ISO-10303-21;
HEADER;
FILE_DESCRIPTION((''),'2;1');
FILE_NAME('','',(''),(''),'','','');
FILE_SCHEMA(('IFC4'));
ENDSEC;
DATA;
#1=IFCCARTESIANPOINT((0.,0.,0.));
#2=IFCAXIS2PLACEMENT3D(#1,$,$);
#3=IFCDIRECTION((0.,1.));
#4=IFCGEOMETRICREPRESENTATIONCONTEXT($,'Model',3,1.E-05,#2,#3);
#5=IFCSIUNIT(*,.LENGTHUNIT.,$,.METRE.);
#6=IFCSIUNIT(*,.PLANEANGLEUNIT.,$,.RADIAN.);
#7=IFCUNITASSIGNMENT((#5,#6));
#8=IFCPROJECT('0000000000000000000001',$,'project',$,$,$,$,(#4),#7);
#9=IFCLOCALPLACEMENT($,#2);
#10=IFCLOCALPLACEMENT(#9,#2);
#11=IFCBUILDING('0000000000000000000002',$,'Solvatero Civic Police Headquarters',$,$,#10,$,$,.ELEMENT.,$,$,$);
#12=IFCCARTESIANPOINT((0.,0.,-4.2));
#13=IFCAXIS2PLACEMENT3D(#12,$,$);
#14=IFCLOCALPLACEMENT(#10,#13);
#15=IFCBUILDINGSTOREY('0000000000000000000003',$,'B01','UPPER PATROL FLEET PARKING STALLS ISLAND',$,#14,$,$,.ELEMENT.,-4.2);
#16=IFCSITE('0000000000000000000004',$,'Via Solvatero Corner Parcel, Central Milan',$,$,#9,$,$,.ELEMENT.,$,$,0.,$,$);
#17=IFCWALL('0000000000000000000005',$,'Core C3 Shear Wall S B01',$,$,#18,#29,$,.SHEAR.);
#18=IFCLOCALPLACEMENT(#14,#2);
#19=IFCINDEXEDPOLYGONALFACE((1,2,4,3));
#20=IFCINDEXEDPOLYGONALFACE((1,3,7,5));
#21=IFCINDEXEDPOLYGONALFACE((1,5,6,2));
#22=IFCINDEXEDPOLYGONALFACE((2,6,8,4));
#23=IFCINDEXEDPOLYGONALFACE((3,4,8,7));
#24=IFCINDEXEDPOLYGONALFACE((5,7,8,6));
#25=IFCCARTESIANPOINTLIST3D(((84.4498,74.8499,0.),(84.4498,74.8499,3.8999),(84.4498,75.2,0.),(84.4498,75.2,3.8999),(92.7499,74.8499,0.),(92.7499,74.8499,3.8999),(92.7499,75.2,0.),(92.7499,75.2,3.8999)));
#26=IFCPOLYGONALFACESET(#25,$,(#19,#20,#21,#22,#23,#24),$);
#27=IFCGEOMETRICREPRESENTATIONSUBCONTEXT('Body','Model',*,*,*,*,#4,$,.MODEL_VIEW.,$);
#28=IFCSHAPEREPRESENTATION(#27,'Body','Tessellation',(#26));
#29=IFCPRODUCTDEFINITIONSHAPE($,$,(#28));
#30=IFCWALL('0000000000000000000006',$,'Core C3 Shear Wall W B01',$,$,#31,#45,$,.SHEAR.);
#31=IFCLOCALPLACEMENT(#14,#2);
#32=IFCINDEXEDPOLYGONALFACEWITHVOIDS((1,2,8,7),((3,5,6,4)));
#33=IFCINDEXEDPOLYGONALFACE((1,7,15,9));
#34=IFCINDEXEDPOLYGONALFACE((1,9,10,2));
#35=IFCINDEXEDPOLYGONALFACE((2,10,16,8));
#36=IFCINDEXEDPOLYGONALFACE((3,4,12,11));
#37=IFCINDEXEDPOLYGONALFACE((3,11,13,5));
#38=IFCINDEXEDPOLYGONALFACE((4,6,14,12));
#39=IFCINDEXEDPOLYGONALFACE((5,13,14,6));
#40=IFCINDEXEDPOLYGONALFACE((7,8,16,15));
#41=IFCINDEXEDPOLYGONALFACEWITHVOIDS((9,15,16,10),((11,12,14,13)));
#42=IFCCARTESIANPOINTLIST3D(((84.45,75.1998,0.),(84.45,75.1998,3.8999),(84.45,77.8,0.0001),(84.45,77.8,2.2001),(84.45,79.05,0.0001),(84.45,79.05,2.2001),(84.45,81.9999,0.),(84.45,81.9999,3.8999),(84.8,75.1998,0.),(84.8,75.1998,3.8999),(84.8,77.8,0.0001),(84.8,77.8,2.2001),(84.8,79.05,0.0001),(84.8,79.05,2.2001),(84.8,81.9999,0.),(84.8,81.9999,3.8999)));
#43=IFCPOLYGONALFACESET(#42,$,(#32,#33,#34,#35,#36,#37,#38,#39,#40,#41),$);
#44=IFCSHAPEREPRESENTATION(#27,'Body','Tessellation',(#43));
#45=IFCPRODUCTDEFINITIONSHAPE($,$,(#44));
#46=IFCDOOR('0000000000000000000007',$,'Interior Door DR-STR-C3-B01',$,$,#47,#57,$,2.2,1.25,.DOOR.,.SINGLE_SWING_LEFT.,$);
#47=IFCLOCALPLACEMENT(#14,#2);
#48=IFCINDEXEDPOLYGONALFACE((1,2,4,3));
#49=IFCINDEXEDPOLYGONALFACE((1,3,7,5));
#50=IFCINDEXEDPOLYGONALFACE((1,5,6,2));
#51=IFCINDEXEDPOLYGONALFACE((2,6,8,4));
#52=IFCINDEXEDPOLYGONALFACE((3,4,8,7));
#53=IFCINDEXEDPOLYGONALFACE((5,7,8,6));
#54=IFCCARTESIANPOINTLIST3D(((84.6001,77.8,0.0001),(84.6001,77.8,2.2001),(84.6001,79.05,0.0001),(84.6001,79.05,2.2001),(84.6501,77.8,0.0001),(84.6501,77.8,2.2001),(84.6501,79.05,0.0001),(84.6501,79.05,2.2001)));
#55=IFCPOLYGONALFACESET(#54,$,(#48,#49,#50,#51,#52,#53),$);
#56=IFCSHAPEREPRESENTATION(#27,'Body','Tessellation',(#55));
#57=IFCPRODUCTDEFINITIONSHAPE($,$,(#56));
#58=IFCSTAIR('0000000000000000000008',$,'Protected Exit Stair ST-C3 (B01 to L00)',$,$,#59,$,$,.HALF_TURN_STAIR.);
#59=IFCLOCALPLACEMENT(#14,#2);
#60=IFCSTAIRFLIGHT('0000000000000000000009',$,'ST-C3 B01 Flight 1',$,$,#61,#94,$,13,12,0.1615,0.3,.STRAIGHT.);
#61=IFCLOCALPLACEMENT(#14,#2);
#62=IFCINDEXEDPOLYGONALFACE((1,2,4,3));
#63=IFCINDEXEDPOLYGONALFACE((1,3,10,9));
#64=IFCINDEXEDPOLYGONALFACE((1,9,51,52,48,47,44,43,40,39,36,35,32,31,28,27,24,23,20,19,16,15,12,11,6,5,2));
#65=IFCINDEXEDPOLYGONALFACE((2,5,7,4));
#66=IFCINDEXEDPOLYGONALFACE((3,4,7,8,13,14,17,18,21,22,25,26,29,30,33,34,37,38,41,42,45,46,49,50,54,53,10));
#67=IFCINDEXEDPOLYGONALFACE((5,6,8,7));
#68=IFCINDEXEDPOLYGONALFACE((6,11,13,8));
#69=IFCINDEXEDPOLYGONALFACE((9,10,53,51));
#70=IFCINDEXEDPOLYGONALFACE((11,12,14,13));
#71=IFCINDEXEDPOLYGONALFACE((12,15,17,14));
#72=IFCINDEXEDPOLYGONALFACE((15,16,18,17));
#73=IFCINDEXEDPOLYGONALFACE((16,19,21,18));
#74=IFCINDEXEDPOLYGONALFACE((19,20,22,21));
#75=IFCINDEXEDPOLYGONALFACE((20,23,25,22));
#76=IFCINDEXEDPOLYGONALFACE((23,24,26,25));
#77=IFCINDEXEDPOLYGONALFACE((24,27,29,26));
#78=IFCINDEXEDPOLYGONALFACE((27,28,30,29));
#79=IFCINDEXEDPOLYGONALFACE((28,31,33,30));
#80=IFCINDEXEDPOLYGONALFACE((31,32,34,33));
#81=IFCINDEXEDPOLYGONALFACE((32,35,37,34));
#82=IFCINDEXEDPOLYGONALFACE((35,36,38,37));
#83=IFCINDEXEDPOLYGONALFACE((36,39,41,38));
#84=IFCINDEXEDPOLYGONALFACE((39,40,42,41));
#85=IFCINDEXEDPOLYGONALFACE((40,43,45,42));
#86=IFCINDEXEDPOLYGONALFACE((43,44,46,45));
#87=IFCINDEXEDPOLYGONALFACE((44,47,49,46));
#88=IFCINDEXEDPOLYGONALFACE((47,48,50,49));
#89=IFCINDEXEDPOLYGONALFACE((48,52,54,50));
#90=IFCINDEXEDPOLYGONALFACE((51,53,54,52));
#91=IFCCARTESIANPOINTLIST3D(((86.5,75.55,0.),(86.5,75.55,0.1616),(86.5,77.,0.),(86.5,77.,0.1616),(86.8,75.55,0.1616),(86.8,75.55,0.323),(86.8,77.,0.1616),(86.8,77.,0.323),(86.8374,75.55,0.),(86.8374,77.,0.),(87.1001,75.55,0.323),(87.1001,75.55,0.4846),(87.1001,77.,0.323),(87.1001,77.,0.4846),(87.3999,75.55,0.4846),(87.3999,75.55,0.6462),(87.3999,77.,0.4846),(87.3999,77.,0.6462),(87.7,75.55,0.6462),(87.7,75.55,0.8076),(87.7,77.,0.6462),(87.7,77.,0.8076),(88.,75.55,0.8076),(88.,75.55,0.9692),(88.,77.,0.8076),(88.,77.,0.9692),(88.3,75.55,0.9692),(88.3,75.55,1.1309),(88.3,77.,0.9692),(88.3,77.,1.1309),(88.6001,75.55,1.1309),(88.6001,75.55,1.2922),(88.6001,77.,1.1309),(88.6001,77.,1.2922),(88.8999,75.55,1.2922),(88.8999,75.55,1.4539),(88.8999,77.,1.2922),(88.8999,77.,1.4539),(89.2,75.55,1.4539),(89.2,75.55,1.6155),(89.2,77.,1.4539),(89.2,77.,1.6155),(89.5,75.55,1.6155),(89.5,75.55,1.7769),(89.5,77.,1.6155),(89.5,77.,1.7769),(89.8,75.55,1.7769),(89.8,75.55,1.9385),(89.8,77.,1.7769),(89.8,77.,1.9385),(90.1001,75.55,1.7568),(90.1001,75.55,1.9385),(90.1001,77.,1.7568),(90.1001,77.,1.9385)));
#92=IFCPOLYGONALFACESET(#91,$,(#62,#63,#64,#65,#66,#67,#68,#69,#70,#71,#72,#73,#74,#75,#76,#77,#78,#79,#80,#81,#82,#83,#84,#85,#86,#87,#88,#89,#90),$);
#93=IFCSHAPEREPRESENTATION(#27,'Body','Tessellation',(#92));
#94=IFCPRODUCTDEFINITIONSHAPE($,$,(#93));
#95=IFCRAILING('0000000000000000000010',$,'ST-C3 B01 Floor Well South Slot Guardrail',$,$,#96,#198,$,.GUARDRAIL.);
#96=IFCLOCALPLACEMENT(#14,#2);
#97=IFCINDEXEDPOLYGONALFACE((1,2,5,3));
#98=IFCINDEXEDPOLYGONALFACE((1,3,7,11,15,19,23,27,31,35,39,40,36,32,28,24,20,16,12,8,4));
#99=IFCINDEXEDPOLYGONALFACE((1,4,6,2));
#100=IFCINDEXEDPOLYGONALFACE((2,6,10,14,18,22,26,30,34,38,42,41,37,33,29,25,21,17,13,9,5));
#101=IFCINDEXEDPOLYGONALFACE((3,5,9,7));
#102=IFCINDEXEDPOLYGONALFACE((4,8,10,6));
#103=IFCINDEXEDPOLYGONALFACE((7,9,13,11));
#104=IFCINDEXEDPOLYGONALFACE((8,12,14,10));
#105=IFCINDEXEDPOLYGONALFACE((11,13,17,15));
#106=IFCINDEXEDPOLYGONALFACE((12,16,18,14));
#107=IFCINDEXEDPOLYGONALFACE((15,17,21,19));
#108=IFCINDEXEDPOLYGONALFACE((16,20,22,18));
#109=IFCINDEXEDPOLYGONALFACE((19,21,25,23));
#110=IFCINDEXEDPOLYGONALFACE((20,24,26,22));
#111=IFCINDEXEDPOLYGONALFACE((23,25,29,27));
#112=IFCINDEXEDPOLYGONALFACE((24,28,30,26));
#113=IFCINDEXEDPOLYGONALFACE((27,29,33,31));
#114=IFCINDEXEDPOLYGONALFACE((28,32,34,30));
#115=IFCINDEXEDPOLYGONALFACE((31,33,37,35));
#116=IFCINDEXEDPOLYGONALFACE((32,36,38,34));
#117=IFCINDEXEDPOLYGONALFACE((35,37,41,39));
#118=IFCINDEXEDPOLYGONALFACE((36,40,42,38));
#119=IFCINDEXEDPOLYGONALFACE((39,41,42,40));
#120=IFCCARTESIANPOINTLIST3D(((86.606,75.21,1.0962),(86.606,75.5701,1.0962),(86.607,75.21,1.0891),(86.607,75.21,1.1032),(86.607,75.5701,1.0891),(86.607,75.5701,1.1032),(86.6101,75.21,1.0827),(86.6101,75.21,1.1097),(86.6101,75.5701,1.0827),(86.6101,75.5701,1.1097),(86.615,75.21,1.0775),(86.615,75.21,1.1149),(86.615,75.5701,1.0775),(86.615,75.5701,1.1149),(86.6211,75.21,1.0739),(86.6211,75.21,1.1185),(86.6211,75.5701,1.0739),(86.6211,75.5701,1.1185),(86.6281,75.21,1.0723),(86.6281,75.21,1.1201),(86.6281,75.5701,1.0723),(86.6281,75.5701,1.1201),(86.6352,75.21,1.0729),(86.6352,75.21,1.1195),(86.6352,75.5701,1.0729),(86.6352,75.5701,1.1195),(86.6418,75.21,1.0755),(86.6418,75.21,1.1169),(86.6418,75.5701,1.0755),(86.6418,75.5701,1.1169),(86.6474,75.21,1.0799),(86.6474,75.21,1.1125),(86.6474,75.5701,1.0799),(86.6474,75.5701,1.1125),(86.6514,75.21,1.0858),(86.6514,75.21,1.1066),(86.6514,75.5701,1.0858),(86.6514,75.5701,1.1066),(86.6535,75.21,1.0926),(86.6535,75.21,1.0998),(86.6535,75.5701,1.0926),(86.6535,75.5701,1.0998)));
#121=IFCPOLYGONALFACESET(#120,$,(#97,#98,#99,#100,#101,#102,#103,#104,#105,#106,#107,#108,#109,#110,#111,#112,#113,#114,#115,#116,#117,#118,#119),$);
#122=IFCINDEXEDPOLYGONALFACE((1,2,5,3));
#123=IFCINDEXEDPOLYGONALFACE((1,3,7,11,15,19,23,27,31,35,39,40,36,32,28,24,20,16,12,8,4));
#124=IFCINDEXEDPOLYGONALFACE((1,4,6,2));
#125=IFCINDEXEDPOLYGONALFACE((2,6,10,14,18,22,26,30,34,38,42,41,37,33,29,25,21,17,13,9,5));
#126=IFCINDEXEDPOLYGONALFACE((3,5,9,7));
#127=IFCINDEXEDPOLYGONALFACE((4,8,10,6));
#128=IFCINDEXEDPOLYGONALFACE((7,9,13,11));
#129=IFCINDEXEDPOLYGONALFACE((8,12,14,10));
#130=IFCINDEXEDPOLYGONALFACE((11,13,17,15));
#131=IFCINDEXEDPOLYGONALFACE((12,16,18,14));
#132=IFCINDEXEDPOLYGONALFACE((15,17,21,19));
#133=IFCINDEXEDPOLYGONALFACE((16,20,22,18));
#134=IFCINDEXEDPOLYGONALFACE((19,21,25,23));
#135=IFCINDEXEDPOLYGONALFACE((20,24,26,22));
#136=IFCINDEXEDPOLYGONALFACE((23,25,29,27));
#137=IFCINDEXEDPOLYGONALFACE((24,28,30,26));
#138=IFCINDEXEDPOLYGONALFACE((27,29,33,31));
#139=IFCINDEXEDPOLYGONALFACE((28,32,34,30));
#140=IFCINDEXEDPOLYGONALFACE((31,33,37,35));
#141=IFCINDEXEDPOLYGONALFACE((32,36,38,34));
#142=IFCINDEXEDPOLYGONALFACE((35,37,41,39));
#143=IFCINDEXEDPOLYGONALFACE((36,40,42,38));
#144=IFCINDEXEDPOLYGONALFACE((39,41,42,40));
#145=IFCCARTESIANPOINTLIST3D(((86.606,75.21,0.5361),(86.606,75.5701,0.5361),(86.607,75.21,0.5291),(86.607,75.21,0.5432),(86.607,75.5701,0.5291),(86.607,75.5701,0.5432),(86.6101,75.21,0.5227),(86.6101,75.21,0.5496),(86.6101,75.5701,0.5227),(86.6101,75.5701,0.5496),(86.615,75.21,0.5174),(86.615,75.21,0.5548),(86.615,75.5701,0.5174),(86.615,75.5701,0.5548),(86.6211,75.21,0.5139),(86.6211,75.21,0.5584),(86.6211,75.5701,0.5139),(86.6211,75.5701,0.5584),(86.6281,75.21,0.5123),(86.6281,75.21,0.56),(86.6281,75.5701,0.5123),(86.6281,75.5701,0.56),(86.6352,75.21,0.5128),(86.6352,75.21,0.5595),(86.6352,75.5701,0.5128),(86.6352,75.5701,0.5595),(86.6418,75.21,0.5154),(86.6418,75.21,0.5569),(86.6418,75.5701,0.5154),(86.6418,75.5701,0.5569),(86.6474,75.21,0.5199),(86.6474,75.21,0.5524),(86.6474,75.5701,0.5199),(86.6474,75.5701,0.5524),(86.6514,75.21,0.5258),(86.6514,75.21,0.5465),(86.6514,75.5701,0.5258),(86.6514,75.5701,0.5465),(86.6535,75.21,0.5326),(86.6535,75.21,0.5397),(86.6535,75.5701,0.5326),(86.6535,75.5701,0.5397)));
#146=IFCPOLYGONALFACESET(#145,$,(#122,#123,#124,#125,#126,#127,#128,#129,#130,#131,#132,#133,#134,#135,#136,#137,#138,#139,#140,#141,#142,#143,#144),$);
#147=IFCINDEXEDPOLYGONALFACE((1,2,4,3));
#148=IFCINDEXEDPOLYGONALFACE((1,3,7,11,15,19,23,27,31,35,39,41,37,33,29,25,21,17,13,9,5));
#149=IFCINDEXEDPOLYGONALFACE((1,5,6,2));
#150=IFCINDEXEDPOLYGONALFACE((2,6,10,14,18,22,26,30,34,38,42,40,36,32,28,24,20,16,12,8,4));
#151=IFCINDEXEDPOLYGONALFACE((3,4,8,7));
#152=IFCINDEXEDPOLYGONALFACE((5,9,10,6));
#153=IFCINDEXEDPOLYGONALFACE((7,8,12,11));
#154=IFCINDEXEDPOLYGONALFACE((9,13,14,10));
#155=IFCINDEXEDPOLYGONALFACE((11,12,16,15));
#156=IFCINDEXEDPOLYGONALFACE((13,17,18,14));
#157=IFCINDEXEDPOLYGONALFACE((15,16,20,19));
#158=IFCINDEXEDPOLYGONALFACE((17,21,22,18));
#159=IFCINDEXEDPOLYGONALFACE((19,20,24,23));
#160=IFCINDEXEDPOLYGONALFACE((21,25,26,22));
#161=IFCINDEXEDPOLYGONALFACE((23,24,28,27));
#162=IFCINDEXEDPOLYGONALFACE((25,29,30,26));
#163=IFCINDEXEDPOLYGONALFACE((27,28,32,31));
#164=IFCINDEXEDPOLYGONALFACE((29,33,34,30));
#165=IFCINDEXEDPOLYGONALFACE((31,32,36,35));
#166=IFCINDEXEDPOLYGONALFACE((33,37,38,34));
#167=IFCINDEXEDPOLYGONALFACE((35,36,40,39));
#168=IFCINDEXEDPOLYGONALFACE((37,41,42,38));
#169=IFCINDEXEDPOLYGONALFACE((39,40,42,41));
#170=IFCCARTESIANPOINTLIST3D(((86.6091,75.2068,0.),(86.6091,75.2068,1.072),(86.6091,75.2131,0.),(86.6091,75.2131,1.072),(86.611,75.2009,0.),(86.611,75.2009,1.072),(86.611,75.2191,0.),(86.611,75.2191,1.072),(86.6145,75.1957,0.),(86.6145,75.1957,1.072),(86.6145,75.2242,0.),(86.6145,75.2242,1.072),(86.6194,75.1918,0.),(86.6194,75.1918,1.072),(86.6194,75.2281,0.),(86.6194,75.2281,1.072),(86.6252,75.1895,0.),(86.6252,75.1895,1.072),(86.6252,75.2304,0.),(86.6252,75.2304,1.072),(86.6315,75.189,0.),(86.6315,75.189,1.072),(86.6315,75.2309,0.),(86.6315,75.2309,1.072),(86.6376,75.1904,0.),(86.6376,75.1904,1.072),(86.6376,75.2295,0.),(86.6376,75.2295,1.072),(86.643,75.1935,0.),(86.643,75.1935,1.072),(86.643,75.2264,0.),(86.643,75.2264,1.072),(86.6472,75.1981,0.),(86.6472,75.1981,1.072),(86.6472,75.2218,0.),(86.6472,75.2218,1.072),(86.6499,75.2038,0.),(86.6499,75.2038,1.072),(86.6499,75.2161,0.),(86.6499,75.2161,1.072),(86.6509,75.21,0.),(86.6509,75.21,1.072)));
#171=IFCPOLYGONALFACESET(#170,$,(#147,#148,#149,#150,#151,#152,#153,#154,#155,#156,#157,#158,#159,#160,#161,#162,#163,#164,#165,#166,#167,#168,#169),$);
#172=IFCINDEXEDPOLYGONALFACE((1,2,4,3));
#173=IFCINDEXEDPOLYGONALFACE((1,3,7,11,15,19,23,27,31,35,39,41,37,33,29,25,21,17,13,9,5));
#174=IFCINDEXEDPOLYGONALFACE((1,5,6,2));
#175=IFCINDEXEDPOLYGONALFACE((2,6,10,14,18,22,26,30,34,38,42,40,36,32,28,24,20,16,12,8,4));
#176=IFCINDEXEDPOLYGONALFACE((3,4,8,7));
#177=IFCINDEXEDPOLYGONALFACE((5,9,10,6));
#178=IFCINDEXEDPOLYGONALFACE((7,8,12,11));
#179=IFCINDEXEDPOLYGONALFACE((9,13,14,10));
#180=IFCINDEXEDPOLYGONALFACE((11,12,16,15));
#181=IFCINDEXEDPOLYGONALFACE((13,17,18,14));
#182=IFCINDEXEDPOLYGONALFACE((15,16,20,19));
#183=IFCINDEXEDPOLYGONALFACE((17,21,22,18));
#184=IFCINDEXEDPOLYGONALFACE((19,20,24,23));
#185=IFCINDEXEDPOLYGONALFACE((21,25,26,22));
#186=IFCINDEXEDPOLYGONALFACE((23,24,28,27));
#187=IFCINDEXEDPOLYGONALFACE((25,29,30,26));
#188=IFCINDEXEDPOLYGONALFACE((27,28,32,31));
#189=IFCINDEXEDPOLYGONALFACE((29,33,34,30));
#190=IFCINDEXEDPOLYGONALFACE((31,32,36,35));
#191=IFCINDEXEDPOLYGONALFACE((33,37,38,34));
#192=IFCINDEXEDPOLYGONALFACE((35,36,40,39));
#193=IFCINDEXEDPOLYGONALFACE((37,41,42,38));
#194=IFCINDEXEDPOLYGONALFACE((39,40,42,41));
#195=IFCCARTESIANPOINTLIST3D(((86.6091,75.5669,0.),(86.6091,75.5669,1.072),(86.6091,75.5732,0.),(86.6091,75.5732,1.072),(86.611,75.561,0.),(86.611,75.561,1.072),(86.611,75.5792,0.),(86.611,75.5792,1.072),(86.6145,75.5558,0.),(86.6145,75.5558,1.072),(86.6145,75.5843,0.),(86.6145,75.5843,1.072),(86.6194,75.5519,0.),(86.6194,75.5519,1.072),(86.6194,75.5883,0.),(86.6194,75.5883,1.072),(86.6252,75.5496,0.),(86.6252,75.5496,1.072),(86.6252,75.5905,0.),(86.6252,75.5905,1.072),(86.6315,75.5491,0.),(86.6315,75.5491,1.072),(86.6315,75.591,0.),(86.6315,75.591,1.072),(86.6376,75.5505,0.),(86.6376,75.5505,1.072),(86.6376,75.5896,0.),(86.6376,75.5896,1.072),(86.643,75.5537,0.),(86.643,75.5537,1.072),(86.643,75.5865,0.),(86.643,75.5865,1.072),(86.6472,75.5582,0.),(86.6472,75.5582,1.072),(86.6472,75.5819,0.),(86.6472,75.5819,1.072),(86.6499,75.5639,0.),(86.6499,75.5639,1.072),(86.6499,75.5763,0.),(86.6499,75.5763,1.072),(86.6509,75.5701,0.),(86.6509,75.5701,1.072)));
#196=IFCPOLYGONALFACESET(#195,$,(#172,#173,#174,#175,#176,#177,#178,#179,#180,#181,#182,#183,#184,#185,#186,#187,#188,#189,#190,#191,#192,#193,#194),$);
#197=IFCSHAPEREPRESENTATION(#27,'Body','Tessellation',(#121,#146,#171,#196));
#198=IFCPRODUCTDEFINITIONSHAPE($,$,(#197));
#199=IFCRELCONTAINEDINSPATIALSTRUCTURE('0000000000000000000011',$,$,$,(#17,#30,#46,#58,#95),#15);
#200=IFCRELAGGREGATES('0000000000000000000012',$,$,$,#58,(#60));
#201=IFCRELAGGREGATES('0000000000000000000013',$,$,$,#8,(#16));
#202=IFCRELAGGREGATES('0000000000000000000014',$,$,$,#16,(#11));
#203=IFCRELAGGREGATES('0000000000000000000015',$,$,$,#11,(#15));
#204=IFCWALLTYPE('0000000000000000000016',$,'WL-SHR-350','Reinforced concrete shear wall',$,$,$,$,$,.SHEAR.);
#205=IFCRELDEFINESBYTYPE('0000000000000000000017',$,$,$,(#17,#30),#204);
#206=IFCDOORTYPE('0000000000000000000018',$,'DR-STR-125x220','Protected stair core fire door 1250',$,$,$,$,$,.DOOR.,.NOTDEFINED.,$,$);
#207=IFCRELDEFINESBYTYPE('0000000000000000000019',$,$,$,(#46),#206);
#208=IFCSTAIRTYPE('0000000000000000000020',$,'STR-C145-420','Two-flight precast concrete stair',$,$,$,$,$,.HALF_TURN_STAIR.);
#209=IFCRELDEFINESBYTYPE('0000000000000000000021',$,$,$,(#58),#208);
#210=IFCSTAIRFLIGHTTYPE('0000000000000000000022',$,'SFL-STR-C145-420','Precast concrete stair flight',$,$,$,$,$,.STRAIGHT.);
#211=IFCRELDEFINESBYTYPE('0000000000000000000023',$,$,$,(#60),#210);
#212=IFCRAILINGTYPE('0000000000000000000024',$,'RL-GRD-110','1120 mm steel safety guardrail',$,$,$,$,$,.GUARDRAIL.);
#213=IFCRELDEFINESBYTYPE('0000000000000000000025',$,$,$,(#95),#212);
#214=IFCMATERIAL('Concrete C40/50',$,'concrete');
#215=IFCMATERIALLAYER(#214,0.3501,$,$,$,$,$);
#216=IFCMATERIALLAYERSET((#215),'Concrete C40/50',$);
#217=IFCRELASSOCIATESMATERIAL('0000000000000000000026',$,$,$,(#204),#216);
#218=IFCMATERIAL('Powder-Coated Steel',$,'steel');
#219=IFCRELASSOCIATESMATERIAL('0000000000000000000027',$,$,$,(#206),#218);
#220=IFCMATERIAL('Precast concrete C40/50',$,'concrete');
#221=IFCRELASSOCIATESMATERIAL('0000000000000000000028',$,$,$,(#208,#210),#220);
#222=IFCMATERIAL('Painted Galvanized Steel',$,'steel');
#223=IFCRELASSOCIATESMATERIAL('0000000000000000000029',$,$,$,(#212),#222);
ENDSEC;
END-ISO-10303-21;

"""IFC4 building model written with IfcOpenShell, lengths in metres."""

from ifc_helpers import new_model, si_unit, direction, frame, frame_2d, origin, origin_2d, place, context, subcontext, project, spatial, polyline, rectangle, circle, outline, extrude, material, layer, layer_set, type_object, element, fill, aggregate, save


model = new_model("IFC4")

# Units and contexts
model_context = context("Model", 3, precision=1e-05, world=origin(), true_north=direction((0.0, 1.0)))
body_context = subcontext(model_context, "Body", "Model", "MODEL_VIEW")
ifc_project = project(units=[si_unit("LENGTHUNIT", "METRE"), si_unit("PLANEANGLEUNIT", "RADIAN")], contexts=[model_context])

# Site, building, storey
site_placement = place(None, origin())
site = spatial("IfcSite", under=ifc_project, at=site_placement, Name="Via Solvatero Corner Parcel, Central Milan", CompositionType="ELEMENT", RefElevation=0.0)
building_placement = place(site_placement, origin())
building = spatial("IfcBuilding", under=site, at=building_placement, Name="Solvatero Civic Police Headquarters", CompositionType="ELEMENT")
storey_placement = place(building_placement, frame((0.0, 0.0, -4.2)))
storey = spatial("IfcBuildingStorey", under=building, at=storey_placement, Name="B01", Description="UPPER PATROL FLEET PARKING STALLS ISLAND", CompositionType="ELEMENT", Elevation=-4.2)

# Shared definitions
ifc_material_1 = material(Name="Concrete C40/50", Category="concrete")

# Shared definitions
ifc_material_2 = material(Name="Powder-Coated Steel", Category="steel")

# Wall
ifc_layer_1 = layer(ifc_material_1, 0.3501)
ifc_layer_set_1 = layer_set([ifc_layer_1], Name="Concrete C40/50")
wall_type_1 = type_object("IfcWallType", Name="WL-SHR-350", Description="Reinforced concrete shear wall", PredefinedType="SHEAR", material=ifc_layer_set_1)
wall_1_placement = place(storey_placement, frame((84.45, 75.0249, 0.0), z_axis=(0.0, 0.0, 1.0), x_axis=(1.0, 0.0, 0.0)))
element("IfcWall", 1, at=wall_1_placement, inside=storey, type_object=wall_type_1, Name="Core C3 Shear Wall S B01", PredefinedType="SHEAR", context=body_context, shape_type="SweptSolid", body=[
    extrude(rectangle(XDim=8.3, YDim=0.3501, at=frame_2d((4.1499, 0.0))), origin(), (0.0, 0.0, 1.0), 3.8999),
])

# Wall, opening, door
wall_2_placement = place(storey_placement, frame((84.625, 75.2, 0.0), z_axis=(0.0, 0.0, 1.0), x_axis=(0.0, 1.0, 0.0)))
wall_2 = element("IfcWall", 2, at=wall_2_placement, inside=storey, type_object=wall_type_1, Name="Core C3 Shear Wall W B01", PredefinedType="SHEAR", context=body_context, shape_type="SweptSolid", body=[
    extrude(rectangle(XDim=6.8, YDim=0.3501, at=frame_2d((3.3999, 0.0))), origin(), (0.0, 0.0, 1.0), 3.8999),
])
opening_1_placement = place(wall_2_placement, frame((2.6001, 0.0, 0.0)))
opening_1 = element("IfcOpeningElement", 3, at=opening_1_placement, cuts=wall_2, PredefinedType="OPENING", context=body_context, shape_type="SweptSolid", body=[
    extrude(rectangle(XDim=1.25, YDim=2.2, at=frame_2d((0.625, 1.1001))), frame((0.0, 0.1851, 0.0), z_axis=(0.0, -1.0, 0.0), x_axis=(1.0, 0.0, 0.0)), (0.0, 0.0, 1.0), 0.3701),
])
door_type_1 = type_object("IfcDoorType", Name="DR-STR-125x220", Description="Protected stair core fire door 1250", OperationType="NOTDEFINED", PredefinedType="DOOR", material=ifc_material_2)
door_1_placement = place(opening_1_placement, origin())
door_1 = element("IfcDoor", 4, at=door_1_placement, inside=storey, type_object=door_type_1, Name="Interior Door DR-STR-C3-B01", OperationType="SINGLE_SWING_LEFT", OverallHeight=2.2, OverallWidth=1.25, PredefinedType="DOOR", context=body_context, shape_type="SweptSolid", body=[
    extrude(rectangle(XDim=1.25, YDim=2.2, at=frame_2d((0.625, 1.1001))), frame((0.0, 0.0249, 0.0), z_axis=(0.0, -1.0, 0.0), x_axis=(1.0, 0.0, 0.0)), (0.0, 0.0, 1.0), 0.05),
])
fill(opening_1, door_1)

# Stair, stair flight
ifc_material_3 = material(Name="Precast concrete C40/50", Category="concrete")
stair_type = type_object("IfcStairType", Name="STR-C145-420", Description="Two-flight precast concrete stair", PredefinedType="HALF_TURN_STAIR", material=ifc_material_3)
stair_placement = place(storey_placement, origin())
stair = element("IfcStair", 5, at=stair_placement, inside=storey, type_object=stair_type, Name="Protected Exit Stair ST-C3 (B01 to L00)", PredefinedType="HALF_TURN_STAIR")
stair_flight_type = type_object("IfcStairFlightType", Name="SFL-STR-C145-420", Description="Precast concrete stair flight", PredefinedType="STRAIGHT", material=ifc_material_3)
stair_flight_placement = place(storey_placement, frame((86.5, 76.2749, 0.0), z_axis=(0.0, 0.0, 1.0), x_axis=(1.0, 0.0, 0.0)))
stair_flight = element("IfcStairFlight", 6, at=stair_flight_placement, type_object=stair_flight_type, Name="ST-C3 B01 Flight 1", NumberOfRisers=13, NumberOfTreads=12, PredefinedType="STRAIGHT", RiserHeight=0.1615, TreadLength=0.3, context=body_context, shape_type="SweptSolid", body=[
    extrude(outline(polyline([(0.0, 0.0), (0.0, 0.1616), (0.3, 0.1616), (0.3, 0.323), (0.6001, 0.323), (0.6001, 0.4846), (0.8999, 0.4846), (0.8999, 0.6462), (1.2, 0.6462), (1.2, 0.8076), (1.5, 0.8076), (1.5, 0.9692), (1.8, 0.9692), (1.8, 1.1309), (2.1001, 1.1309), (2.1001, 1.2922), (2.3999, 1.2922), (2.3999, 1.4539), (2.7, 1.4539), (2.7, 1.6155), (3.0, 1.6155), (3.0, 1.7769), (3.3, 1.7769), (3.3, 1.9385), (3.6001, 1.9385), (3.6001, 2.1001), (3.6001, 1.7568), (0.3374, 0.0), (0.0, 0.0)])), frame((0.0, 0.7251, 0.0), z_axis=(0.0, -1.0, 0.0), x_axis=(1.0, 0.0, 0.0)), (0.0, 0.0, 1.0), 1.45),
])
aggregate(stair, [stair_flight])

# Railing
ifc_material_4 = material(Name="Painted Galvanized Steel", Category="steel")
railing_type = type_object("IfcRailingType", Name="RL-GRD-110", Description="1120 mm steel safety guardrail", PredefinedType="GUARDRAIL", material=ifc_material_4)
railing_placement = place(storey_placement, frame((86.6299, 75.21, 0.0)))
element("IfcRailing", 7, at=railing_placement, inside=storey, type_object=railing_type, Name="ST-C3 B01 Floor Well South Slot Guardrail", PredefinedType="GUARDRAIL", context=body_context, shape_type="SweptSolid", body=[
    extrude(circle(Radius=0.0239, at=origin_2d()), frame((0.0, 0.0, 1.0962), z_axis=(0.0, 1.0, 0.0), x_axis=(-1.0, 0.0, 0.0)), (0.0, 0.0, 1.0), 0.3601),
    extrude(circle(Radius=0.0239, at=origin_2d()), frame((0.0, 0.0, 0.5361), z_axis=(0.0, 1.0, 0.0), x_axis=(-1.0, 0.0, 0.0)), (0.0, 0.0, 1.0), 0.3601),
    extrude(circle(Radius=0.021, at=origin_2d()), origin(), (0.0, 0.0, 1.0), 1.072),
    extrude(circle(Radius=0.021, at=origin_2d()), frame((0.0, 0.3601, 0.0)), (0.0, 0.0, 1.0), 1.072),
])

save(model, "model.ifc")
